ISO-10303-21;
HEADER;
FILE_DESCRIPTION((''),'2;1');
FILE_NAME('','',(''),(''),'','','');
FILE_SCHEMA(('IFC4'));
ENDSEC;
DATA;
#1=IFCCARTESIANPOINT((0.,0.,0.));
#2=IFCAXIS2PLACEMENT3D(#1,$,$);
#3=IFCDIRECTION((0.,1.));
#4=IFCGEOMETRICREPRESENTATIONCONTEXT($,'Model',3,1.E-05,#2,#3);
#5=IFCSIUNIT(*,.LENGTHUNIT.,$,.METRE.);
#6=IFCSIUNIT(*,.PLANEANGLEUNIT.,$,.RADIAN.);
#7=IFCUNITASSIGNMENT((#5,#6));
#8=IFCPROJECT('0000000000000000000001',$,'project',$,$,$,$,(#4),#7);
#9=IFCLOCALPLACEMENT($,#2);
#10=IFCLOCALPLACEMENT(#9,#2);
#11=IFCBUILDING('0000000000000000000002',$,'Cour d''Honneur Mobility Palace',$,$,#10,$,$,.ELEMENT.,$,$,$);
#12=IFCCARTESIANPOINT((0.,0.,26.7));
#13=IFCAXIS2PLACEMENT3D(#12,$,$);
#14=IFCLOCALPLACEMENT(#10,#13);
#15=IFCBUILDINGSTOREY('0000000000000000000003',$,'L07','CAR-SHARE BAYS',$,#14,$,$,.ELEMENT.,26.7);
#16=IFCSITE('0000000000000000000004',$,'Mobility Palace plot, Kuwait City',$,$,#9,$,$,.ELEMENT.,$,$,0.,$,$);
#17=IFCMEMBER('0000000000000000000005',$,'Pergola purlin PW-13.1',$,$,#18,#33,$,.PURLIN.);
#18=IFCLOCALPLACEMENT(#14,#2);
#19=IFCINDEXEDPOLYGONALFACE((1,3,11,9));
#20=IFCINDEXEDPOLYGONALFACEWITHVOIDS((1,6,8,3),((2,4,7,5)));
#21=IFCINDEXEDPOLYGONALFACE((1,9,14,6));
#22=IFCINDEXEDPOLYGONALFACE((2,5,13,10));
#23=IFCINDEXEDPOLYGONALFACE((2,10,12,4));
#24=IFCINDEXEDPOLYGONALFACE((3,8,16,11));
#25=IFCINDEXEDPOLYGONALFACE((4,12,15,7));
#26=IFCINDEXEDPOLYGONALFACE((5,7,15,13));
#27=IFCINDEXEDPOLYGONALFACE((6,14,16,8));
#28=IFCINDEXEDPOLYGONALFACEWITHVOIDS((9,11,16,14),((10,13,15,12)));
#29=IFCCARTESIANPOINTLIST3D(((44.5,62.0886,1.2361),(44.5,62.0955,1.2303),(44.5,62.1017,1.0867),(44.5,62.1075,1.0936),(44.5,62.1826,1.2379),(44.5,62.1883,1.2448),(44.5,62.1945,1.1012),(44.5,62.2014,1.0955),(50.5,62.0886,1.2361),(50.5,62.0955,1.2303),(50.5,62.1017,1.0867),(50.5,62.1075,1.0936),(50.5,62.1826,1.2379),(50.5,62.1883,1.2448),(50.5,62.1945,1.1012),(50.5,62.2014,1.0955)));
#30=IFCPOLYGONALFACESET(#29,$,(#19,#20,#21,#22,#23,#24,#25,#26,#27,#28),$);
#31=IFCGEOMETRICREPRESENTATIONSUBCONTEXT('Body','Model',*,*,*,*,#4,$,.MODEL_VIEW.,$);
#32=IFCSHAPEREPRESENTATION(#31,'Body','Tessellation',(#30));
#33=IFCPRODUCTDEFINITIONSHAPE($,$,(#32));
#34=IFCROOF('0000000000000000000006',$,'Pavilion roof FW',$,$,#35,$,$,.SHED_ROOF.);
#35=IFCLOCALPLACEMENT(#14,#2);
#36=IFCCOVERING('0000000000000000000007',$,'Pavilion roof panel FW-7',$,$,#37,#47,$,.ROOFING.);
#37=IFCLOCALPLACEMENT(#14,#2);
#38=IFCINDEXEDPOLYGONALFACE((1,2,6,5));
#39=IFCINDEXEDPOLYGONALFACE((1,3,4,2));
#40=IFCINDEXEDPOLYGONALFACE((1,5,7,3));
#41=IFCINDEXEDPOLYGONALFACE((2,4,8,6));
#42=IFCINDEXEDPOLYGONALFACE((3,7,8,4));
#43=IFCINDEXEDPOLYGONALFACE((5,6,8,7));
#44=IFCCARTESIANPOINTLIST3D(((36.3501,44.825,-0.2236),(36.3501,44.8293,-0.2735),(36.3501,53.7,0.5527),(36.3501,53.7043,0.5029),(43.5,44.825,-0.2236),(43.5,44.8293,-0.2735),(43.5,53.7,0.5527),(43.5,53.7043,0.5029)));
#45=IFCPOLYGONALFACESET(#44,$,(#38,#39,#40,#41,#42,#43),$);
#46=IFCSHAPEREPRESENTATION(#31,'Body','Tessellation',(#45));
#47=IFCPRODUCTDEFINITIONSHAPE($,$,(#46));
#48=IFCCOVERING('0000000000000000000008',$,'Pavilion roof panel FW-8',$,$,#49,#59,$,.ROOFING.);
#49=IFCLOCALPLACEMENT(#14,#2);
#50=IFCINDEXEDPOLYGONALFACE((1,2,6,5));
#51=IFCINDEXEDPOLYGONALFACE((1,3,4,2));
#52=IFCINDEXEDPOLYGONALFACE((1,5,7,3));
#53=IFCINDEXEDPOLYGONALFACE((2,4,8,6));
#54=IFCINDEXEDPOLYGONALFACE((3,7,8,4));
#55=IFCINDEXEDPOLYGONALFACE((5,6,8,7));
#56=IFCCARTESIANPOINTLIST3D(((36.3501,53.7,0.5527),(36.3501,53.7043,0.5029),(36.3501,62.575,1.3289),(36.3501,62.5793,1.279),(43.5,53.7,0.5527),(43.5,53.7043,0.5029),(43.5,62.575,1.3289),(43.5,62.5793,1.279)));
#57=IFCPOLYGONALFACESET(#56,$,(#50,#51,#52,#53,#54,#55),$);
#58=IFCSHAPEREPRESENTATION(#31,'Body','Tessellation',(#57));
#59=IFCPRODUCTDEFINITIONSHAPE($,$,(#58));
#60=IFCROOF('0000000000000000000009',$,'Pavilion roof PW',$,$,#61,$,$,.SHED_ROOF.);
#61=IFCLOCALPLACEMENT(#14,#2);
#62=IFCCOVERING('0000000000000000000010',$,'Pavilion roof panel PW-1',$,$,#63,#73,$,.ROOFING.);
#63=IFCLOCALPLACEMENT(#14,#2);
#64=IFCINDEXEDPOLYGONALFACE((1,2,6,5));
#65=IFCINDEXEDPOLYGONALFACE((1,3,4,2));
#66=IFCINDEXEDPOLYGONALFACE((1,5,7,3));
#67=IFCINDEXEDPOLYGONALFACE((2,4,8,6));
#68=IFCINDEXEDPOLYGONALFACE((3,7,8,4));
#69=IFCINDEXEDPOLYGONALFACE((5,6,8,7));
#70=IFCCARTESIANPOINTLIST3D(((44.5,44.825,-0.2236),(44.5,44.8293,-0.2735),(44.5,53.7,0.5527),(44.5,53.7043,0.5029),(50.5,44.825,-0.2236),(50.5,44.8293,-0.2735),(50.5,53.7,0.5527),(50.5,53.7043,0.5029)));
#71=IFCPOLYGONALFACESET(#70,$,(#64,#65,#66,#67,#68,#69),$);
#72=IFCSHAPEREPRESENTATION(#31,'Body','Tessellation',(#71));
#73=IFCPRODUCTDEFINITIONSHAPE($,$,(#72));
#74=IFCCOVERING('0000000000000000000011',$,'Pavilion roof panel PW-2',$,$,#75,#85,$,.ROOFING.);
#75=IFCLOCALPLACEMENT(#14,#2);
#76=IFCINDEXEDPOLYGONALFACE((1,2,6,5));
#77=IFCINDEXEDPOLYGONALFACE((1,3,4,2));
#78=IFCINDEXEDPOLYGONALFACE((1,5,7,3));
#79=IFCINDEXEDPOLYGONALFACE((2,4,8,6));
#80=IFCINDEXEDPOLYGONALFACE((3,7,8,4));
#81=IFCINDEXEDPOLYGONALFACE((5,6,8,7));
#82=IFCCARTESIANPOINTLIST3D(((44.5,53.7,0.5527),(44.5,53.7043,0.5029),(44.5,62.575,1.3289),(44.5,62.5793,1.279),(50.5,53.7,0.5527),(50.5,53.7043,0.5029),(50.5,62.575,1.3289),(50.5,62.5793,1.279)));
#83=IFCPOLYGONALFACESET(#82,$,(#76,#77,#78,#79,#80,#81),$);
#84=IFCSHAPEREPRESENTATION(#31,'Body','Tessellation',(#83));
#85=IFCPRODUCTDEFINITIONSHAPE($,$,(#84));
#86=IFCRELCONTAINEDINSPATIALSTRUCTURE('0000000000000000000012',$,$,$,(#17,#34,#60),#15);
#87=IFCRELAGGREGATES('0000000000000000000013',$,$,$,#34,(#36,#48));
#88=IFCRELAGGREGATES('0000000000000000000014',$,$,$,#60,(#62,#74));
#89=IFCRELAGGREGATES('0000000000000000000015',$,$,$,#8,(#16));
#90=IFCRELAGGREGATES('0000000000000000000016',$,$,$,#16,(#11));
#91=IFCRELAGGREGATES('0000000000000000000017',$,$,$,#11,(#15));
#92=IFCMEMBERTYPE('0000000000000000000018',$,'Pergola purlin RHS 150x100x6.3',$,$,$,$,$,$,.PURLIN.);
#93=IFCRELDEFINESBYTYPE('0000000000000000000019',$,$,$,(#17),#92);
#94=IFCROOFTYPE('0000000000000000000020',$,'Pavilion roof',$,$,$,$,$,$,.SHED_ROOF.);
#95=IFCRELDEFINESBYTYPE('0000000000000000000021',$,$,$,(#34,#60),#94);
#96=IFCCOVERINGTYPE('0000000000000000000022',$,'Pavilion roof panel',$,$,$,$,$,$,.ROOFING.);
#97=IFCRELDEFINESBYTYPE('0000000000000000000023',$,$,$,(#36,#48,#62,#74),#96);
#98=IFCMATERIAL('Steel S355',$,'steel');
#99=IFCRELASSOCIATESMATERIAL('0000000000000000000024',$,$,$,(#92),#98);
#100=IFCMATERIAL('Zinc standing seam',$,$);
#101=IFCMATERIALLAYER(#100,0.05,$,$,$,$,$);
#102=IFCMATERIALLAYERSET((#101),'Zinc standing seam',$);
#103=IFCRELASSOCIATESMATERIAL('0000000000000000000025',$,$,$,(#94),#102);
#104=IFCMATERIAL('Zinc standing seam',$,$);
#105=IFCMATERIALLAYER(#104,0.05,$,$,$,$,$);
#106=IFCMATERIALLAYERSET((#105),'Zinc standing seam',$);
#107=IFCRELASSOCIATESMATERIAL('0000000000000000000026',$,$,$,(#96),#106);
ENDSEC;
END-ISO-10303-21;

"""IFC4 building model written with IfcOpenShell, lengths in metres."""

from ifc_helpers import new_model, si_unit, direction, frame, origin, origin_2d, place, context, subcontext, project, spatial, polyline, hollow_rectangle, outline, extrude, material, layer, layer_set, material_profile, profile_set, type_object, element, aggregate, save


model = new_model("IFC4")

# Units and contexts
model_context = context("Model", 3, precision=1e-05, world=origin(), true_north=direction((0.0, 1.0)))
body_context = subcontext(model_context, "Body", "Model", "MODEL_VIEW")
ifc_project = project(units=[si_unit("LENGTHUNIT", "METRE"), si_unit("PLANEANGLEUNIT", "RADIAN")], contexts=[model_context])

# Site, building, storey
site_placement = place(None, origin())
site = spatial("IfcSite", under=ifc_project, at=site_placement, Name="Mobility Palace plot, Kuwait City", CompositionType="ELEMENT", RefElevation=0.0)
building_placement = place(site_placement, origin())
building = spatial("IfcBuilding", under=site, at=building_placement, Name="Cour d'Honneur Mobility Palace", CompositionType="ELEMENT")
storey_placement = place(building_placement, frame((0.0, 0.0, 26.7)))
storey = spatial("IfcBuildingStorey", under=building, at=storey_placement, Name="L07", Description="CAR-SHARE BAYS", CompositionType="ELEMENT", Elevation=26.7)

# Member
ifc_material_1 = material(Name="Steel S355", Category="steel")
ifc_material_profile = material_profile(ifc_material_1, hollow_rectangle(XDim=0.1001, YDim=0.1499, WallThickness=0.0063, at=origin_2d()), Name="RHS 150x100x6.3")
ifc_profile_set = profile_set([ifc_material_profile], Name="Steel S355")
member_type = type_object("IfcMemberType", Name="Pergola purlin RHS 150x100x6.3", PredefinedType="PURLIN", material=ifc_profile_set)
for number, where, z_axis, x_axis, name in (
    (1, (44.5, 62.145, 1.1658), (1.0, 0.0, 0.0), (0.0, 0.996197, 0.087131), "Pergola purlin PW-13.1"),
):
    element("IfcMember", number, at=place(storey_placement, frame(where, z_axis=z_axis, x_axis=x_axis)), inside=storey, type_object=member_type, Name=name, PredefinedType="PURLIN", context=body_context, shape_type="SweptSolid", body=[
        extrude(hollow_rectangle(XDim=0.1001, YDim=0.1499, WallThickness=0.0063, at=origin_2d()), origin(), (0.0, 0.0, 1.0), 6.0),
    ])

# Roofs, coverings
ifc_material_2 = material(Name="Zinc standing seam")
ifc_layer_1 = layer(ifc_material_2, 0.05)
ifc_layer_set_1 = layer_set([ifc_layer_1], Name="Zinc standing seam")
roof_type = type_object("IfcRoofType", Name="Pavilion roof", PredefinedType="SHED_ROOF", material=ifc_layer_set_1)
roof_1_placement = place(storey_placement, origin())
roof_1 = element("IfcRoof", 2, at=roof_1_placement, inside=storey, type_object=roof_type, Name="Pavilion roof FW", PredefinedType="SHED_ROOF")
ifc_material_3 = material(Name="Zinc standing seam")
ifc_layer_2 = layer(ifc_material_3, 0.05)
ifc_layer_set_2 = layer_set([ifc_layer_2], Name="Zinc standing seam")
covering_type = type_object("IfcCoveringType", Name="Pavilion roof panel", PredefinedType="ROOFING", material=ifc_layer_set_2)
covering_1_placement = place(storey_placement, frame((36.3501, 44.825, -0.2236), z_axis=(0.0, -0.087145, 0.996196), x_axis=(1.0, 0.0, 0.0)))
covering_1 = element("IfcCovering", 3, at=covering_1_placement, type_object=covering_type, Name="Pavilion roof panel FW-7", PredefinedType="ROOFING", context=body_context, shape_type="SweptSolid", body=[
    extrude(outline(polyline([(0.0, 0.0), (7.1499, 0.0), (7.1499, 8.9089), (0.0, 8.9089), (0.0, 0.0)])), origin(), (0.0, 0.0, -1.0), 0.05),
])
covering_2_placement = place(storey_placement, frame((36.3501, 53.7, 0.5527), z_axis=(0.0, -0.087118, 0.996198), x_axis=(1.0, 0.0, 0.0)))
covering_2 = element("IfcCovering", 4, at=covering_2_placement, type_object=covering_type, Name="Pavilion roof panel FW-8", PredefinedType="ROOFING", context=body_context, shape_type="SweptSolid", body=[
    extrude(outline(polyline([(0.0, 0.0), (7.1499, 0.0), (7.1499, 8.9089), (0.0, 8.9089), (0.0, 0.0)])), origin(), (0.0, 0.0, -1.0), 0.05),
])
aggregate(roof_1, [covering_1, covering_2])
roof_2_placement = place(storey_placement, origin())
roof_2 = element("IfcRoof", 5, at=roof_2_placement, inside=storey, type_object=roof_type, Name="Pavilion roof PW", PredefinedType="SHED_ROOF")
covering_3_placement = place(storey_placement, frame((44.5, 44.825, -0.2236), z_axis=(0.0, -0.087145, 0.996196), x_axis=(1.0, 0.0, 0.0)))
covering_3 = element("IfcCovering", 6, at=covering_3_placement, type_object=covering_type, Name="Pavilion roof panel PW-1", PredefinedType="ROOFING", context=body_context, shape_type="SweptSolid", body=[
    extrude(outline(polyline([(0.0, 0.0), (6.0, 0.0), (6.0, 8.9089), (0.0, 8.9089), (0.0, 0.0)])), origin(), (0.0, 0.0, -1.0), 0.05),
])
covering_4_placement = place(storey_placement, frame((44.5, 53.7, 0.5527), z_axis=(0.0, -0.087118, 0.996198), x_axis=(1.0, 0.0, 0.0)))
covering_4 = element("IfcCovering", 7, at=covering_4_placement, type_object=covering_type, Name="Pavilion roof panel PW-2", PredefinedType="ROOFING", context=body_context, shape_type="SweptSolid", body=[
    extrude(outline(polyline([(0.0, 0.0), (6.0, 0.0), (6.0, 8.9089), (0.0, 8.9089), (0.0, 0.0)])), origin(), (0.0, 0.0, -1.0), 0.05),
])
aggregate(roof_2, [covering_3, covering_4])

save(model, "model.ifc")
